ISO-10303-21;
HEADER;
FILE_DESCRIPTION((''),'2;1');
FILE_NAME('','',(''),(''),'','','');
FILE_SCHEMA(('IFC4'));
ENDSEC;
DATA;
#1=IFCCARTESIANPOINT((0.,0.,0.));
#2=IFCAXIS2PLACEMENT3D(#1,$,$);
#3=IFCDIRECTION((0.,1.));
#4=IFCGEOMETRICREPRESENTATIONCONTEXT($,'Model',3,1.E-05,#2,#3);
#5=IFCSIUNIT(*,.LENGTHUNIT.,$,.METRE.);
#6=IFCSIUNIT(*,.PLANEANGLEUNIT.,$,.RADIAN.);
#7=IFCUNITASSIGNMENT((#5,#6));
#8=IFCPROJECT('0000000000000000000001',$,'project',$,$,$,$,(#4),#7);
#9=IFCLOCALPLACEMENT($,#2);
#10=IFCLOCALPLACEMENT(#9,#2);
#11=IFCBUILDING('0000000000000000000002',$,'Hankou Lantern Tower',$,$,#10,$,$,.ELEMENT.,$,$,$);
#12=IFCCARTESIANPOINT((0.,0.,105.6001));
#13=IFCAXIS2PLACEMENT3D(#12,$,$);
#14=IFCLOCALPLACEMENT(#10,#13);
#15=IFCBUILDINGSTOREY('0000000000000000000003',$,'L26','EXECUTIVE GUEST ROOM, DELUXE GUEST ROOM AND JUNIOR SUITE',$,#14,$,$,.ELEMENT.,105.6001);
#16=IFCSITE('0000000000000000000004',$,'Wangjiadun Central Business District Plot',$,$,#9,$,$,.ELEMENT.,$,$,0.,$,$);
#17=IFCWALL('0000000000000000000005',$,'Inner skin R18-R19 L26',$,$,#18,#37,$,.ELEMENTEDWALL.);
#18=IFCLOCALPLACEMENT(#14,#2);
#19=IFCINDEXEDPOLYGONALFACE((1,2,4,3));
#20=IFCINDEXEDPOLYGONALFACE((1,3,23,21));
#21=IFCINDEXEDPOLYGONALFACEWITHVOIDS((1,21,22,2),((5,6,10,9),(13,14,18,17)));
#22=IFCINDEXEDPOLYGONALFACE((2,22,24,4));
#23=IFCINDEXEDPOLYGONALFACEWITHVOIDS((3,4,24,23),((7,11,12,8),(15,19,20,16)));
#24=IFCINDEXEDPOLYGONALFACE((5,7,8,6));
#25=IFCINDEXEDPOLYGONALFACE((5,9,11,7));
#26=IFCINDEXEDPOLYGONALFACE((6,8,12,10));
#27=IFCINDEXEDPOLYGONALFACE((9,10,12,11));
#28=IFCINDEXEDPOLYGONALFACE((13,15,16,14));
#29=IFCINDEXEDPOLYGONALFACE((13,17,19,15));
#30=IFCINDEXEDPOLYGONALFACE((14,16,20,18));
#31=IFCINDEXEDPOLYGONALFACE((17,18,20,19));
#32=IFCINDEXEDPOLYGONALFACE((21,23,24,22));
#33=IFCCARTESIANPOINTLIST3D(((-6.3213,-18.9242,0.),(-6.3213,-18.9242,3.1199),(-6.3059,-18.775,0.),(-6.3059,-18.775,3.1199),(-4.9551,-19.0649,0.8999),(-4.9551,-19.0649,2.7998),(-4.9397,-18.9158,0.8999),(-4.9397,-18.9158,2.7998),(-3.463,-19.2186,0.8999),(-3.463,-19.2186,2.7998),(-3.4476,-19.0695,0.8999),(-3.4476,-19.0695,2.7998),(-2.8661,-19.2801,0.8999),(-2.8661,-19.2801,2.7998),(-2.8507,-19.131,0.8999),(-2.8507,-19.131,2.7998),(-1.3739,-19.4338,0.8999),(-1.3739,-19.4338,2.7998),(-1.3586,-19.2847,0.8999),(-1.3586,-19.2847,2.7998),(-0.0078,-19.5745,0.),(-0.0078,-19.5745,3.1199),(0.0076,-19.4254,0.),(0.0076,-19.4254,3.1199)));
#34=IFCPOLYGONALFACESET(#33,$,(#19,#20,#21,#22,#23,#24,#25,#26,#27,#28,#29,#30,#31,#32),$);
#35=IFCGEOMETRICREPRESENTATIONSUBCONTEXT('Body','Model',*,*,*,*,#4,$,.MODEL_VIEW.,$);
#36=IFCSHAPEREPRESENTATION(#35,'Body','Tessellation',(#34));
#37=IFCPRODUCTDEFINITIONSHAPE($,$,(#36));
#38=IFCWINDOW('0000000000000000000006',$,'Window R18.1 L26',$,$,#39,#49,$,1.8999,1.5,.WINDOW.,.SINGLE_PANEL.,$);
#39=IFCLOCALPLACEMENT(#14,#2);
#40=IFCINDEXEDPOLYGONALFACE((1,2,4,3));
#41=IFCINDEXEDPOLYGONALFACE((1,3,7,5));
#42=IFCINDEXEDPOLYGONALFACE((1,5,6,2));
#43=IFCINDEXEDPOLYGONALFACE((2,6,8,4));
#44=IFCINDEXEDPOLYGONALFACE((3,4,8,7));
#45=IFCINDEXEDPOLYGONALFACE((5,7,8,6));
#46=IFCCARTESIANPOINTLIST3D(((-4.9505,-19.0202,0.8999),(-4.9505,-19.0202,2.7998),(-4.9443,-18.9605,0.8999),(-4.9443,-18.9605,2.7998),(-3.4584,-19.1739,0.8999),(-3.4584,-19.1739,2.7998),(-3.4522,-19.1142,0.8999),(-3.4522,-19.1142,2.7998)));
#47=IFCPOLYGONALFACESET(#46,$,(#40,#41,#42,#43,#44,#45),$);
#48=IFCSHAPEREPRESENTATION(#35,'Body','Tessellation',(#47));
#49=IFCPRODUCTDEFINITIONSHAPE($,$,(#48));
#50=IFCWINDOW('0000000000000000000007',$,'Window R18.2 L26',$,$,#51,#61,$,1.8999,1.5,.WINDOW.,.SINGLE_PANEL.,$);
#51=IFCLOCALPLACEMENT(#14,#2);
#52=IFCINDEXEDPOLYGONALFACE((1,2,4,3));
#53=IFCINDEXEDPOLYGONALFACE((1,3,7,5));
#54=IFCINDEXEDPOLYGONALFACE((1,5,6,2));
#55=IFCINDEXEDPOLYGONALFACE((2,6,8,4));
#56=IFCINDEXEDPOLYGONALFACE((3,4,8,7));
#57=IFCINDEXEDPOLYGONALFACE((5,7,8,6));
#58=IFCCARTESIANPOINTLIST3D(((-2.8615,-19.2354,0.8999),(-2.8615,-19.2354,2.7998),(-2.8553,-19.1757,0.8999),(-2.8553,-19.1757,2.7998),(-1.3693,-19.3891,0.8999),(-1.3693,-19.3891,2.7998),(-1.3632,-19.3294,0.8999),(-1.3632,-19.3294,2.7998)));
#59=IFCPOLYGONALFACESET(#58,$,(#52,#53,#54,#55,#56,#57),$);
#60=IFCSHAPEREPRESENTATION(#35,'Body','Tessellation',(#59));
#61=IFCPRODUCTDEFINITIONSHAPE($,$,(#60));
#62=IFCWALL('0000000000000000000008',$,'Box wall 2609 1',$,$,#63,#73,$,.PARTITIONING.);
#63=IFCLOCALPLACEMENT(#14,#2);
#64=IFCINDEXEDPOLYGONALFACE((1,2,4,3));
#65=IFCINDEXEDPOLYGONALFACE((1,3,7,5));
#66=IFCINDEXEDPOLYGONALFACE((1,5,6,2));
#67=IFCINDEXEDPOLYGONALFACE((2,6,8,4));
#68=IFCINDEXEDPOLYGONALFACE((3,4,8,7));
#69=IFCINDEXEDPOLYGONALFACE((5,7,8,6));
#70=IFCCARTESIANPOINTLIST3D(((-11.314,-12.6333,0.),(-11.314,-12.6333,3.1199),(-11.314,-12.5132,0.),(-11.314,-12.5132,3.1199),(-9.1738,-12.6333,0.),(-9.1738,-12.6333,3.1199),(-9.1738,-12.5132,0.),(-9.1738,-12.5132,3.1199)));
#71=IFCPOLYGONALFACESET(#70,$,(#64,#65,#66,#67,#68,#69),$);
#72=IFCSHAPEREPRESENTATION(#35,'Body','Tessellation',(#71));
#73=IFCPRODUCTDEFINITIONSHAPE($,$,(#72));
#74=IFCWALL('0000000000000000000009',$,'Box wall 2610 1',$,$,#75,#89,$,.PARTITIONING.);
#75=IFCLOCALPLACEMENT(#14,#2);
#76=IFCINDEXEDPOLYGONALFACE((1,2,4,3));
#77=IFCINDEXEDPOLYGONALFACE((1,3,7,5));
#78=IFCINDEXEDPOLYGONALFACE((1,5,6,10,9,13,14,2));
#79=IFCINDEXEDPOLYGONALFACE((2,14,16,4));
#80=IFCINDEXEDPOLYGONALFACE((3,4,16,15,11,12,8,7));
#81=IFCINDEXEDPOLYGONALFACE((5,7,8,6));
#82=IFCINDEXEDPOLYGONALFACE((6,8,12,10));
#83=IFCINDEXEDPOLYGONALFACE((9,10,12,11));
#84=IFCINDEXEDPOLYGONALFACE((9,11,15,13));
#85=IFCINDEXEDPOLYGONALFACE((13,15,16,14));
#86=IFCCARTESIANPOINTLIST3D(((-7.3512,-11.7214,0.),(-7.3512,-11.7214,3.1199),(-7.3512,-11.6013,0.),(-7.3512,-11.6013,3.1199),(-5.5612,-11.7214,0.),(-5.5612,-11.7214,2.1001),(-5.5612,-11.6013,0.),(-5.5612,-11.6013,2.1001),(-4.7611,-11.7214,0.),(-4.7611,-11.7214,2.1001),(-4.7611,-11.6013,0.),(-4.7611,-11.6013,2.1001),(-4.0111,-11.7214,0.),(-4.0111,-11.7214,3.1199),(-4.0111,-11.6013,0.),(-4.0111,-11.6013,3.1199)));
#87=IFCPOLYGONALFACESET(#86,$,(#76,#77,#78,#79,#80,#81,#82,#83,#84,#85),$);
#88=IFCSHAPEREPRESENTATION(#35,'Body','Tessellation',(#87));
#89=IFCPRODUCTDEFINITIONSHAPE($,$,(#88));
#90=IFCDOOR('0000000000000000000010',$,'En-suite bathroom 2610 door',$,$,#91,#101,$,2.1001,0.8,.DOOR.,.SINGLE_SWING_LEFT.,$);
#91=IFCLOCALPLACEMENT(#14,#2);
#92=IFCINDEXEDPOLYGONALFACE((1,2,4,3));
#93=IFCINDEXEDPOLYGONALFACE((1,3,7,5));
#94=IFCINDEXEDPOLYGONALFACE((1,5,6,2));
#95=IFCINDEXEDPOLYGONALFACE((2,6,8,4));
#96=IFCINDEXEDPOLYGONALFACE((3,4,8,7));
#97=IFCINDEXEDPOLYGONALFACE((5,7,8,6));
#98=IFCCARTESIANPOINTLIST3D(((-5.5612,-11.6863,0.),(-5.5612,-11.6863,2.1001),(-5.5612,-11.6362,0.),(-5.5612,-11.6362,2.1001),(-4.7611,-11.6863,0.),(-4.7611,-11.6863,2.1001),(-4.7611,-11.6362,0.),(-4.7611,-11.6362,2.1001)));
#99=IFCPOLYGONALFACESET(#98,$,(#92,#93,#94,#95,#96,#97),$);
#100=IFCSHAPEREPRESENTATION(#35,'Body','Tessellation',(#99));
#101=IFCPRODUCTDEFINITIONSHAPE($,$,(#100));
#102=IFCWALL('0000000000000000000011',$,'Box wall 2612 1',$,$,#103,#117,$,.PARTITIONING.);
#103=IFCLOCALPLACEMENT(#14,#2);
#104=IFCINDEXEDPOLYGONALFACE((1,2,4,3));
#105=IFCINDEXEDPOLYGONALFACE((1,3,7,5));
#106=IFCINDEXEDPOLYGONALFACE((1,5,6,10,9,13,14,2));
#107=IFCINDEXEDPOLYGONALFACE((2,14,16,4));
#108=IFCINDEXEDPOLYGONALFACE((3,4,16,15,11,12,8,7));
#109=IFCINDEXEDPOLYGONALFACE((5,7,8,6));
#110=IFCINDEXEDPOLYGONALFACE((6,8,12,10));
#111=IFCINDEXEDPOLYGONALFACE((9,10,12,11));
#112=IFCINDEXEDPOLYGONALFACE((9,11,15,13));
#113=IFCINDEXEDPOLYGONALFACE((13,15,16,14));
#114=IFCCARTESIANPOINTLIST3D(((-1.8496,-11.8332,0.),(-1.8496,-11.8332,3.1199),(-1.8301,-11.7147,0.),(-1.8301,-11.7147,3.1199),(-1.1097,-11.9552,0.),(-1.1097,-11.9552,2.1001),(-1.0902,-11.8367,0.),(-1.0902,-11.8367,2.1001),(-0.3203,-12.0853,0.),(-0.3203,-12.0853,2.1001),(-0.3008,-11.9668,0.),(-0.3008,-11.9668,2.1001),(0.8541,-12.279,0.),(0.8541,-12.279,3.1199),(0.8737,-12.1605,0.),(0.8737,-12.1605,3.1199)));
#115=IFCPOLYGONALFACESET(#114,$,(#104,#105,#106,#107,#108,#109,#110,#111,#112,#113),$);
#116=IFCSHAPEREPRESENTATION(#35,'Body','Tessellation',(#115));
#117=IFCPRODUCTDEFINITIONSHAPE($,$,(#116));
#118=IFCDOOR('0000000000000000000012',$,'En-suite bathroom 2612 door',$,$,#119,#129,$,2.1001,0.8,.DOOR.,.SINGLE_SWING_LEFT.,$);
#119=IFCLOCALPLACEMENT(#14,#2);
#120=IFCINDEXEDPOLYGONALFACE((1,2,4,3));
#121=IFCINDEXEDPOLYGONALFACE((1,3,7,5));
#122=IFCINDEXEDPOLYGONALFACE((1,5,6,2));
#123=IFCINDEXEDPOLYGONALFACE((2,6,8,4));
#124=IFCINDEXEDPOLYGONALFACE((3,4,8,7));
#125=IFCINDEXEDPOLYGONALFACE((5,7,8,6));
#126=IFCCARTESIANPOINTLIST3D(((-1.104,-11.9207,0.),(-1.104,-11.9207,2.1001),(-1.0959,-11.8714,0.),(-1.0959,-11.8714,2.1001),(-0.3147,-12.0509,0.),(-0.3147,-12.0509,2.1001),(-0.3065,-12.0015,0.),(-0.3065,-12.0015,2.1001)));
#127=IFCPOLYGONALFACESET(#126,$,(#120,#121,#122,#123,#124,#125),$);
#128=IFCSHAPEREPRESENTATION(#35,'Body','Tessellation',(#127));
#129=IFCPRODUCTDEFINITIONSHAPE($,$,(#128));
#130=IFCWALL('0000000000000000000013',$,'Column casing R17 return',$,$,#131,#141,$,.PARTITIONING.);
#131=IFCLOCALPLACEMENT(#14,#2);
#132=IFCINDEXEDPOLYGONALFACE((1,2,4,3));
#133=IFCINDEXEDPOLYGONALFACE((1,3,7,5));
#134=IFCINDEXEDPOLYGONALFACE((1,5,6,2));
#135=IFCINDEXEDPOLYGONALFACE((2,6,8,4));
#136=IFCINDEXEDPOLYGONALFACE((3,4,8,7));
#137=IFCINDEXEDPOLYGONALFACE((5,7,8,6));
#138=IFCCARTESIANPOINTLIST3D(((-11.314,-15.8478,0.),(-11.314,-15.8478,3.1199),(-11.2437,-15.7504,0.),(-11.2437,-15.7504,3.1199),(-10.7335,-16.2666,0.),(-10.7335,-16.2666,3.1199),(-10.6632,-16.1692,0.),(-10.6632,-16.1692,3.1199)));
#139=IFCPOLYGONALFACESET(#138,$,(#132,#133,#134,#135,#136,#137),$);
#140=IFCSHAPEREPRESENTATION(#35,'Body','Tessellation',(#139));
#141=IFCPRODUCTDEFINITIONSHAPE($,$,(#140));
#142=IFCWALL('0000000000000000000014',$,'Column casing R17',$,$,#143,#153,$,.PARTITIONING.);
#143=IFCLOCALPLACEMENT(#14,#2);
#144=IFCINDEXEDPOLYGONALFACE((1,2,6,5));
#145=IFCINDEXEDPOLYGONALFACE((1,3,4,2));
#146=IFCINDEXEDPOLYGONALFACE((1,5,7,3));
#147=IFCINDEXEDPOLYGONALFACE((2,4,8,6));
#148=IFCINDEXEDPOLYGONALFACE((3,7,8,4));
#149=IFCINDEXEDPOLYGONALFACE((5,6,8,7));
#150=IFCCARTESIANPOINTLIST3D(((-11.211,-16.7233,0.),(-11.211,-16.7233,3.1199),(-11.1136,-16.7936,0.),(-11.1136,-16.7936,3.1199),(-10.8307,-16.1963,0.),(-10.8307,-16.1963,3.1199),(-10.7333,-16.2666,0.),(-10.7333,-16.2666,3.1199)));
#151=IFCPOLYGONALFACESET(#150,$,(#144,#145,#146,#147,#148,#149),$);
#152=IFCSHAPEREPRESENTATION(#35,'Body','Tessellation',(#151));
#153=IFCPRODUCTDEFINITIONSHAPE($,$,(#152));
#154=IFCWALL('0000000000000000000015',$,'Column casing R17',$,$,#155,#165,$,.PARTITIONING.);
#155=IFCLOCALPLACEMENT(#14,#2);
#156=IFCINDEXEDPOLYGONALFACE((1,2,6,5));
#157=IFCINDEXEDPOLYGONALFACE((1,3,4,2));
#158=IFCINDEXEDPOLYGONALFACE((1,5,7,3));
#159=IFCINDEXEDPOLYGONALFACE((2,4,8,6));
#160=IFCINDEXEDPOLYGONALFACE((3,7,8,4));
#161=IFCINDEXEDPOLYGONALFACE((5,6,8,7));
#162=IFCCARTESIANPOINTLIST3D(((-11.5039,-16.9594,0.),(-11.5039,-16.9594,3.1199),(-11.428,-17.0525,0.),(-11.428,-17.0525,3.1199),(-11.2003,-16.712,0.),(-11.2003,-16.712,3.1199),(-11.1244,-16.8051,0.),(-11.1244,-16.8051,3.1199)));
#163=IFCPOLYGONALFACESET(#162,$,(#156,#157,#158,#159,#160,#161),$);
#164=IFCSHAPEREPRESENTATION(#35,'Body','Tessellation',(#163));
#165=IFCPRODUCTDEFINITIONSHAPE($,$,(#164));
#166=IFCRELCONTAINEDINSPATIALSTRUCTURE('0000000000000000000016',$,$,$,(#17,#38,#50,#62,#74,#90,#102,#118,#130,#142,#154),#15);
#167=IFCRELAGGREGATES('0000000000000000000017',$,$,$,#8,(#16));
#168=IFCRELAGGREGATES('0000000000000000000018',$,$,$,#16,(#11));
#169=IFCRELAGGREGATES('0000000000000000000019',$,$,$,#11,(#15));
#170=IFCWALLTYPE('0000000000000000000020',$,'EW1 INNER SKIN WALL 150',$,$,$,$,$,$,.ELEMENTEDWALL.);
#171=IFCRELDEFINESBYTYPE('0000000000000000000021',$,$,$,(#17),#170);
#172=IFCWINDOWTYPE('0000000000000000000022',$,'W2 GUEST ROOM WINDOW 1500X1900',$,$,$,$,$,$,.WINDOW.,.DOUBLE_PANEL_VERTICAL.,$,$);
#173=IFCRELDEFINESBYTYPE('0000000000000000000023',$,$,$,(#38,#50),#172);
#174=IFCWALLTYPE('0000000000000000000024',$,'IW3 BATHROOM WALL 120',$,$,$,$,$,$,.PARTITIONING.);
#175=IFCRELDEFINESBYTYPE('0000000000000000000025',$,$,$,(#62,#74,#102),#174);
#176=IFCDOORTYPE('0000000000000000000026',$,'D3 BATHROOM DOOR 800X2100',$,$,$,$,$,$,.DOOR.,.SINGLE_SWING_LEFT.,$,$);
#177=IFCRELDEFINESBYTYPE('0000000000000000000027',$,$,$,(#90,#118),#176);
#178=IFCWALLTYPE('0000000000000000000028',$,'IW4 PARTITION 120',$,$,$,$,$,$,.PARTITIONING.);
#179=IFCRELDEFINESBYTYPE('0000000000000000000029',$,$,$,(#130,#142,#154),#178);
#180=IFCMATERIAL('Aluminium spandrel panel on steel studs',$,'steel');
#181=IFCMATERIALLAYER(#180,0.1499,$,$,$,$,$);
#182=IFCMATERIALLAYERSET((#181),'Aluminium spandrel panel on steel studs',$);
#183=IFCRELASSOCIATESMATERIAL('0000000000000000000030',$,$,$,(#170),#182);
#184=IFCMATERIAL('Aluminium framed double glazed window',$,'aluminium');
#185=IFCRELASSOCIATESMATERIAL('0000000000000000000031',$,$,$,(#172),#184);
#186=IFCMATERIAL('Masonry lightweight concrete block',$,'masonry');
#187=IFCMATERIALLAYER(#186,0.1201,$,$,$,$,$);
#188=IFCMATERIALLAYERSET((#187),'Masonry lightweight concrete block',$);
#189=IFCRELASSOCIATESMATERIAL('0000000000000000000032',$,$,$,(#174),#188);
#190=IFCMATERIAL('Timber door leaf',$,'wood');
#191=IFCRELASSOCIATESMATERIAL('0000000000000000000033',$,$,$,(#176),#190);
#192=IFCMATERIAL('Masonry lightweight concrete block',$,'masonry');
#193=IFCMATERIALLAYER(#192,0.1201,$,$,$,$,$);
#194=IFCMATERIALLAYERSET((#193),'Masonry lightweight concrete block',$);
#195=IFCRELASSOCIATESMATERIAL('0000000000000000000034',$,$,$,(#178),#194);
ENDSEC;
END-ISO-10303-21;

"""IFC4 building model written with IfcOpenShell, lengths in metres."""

from ifc_helpers import new_model, si_unit, direction, frame, frame_2d, origin, place, context, subcontext, project, spatial, rectangle, extrude, material, layer, layer_set, type_object, element, fill, save


model = new_model("IFC4")

# Units and contexts
model_context = context("Model", 3, precision=1e-05, world=origin(), true_north=direction((0.0, 1.0)))
body_context = subcontext(model_context, "Body", "Model", "MODEL_VIEW")
ifc_project = project(units=[si_unit("LENGTHUNIT", "METRE"), si_unit("PLANEANGLEUNIT", "RADIAN")], contexts=[model_context])

# Site, building, storey
site_placement = place(None, origin())
site = spatial("IfcSite", under=ifc_project, at=site_placement, Name="Wangjiadun Central Business District Plot", CompositionType="ELEMENT", RefElevation=0.0)
building_placement = place(site_placement, origin())
building = spatial("IfcBuilding", under=site, at=building_placement, Name="Hankou Lantern Tower", CompositionType="ELEMENT")
storey_placement = place(building_placement, frame((0.0, 0.0, 105.6001)))
storey = spatial("IfcBuildingStorey", under=building, at=storey_placement, Name="L26", Description="EXECUTIVE GUEST ROOM, DELUXE GUEST ROOM AND JUNIOR SUITE", CompositionType="ELEMENT", Elevation=105.6001)

# Wall, openings, windows
ifc_material_1 = material(Name="Aluminium spandrel panel on steel studs", Category="steel")
ifc_layer_1 = layer(ifc_material_1, 0.1499)
ifc_layer_set_1 = layer_set([ifc_layer_1], Name="Aluminium spandrel panel on steel studs")
wall_type_1 = type_object("IfcWallType", Name="EW1 INNER SKIN WALL 150", PredefinedType="ELEMENTEDWALL", material=ifc_layer_set_1)
wall_1_placement = place(storey_placement, frame((-6.3135, -18.8496, 0.0), z_axis=(0.0, 0.0, 1.0), x_axis=(0.994736, -0.102474, 0.0)))
wall_1 = element("IfcWall", 1, at=wall_1_placement, inside=storey, type_object=wall_type_1, Name="Inner skin R18-R19 L26", PredefinedType="ELEMENTEDWALL", context=body_context, shape_type="SweptSolid", body=[
    extrude(rectangle(XDim=6.3469, YDim=0.1499, at=frame_2d((3.1733, 0.0))), origin(), (0.0, 0.0, 1.0), 3.1199),
])
opening_1_placement = place(wall_1_placement, frame((1.3733, 0.0, 0.8999)))
opening_1 = element("IfcOpeningElement", 2, at=opening_1_placement, cuts=wall_1, PredefinedType="OPENING", context=body_context, shape_type="SweptSolid", body=[
    extrude(rectangle(XDim=1.5, YDim=1.8999, at=frame_2d((0.75, 0.95))), frame((0.0, 0.085, 0.0), z_axis=(0.0, -1.0, 0.0), x_axis=(1.0, 0.0, 0.0)), (0.0, 0.0, 1.0), 0.1699),
])
opening_2_placement = place(wall_1_placement, frame((3.4734, 0.0, 0.8999)))
opening_2 = element("IfcOpeningElement", 3, at=opening_2_placement, cuts=wall_1, PredefinedType="OPENING", context=body_context, shape_type="SweptSolid", body=[
    extrude(rectangle(XDim=1.5, YDim=1.8999, at=frame_2d((0.75, 0.95))), frame((0.0, 0.085, 0.0), z_axis=(0.0, -1.0, 0.0), x_axis=(1.0, 0.0, 0.0)), (0.0, 0.0, 1.0), 0.1699),
])
ifc_material_2 = material(Name="Aluminium framed double glazed window", Category="aluminium")
window_type = type_object("IfcWindowType", Name="W2 GUEST ROOM WINDOW 1500X1900", PartitioningType="DOUBLE_PANEL_VERTICAL", PredefinedType="WINDOW", material=ifc_material_2)
window_1_placement = place(opening_1_placement, origin())
window_1 = element("IfcWindow", 4, at=window_1_placement, inside=storey, type_object=window_type, Name="Window R18.1 L26", OverallHeight=1.8999, OverallWidth=1.5, PartitioningType="SINGLE_PANEL", PredefinedType="WINDOW", context=body_context, shape_type="SweptSolid", body=[
    extrude(rectangle(XDim=1.5, YDim=1.8999, at=frame_2d((0.75, 0.95))), frame((0.0, 0.03, 0.0), z_axis=(0.0, -1.0, 0.0), x_axis=(1.0, 0.0, 0.0)), (0.0, 0.0, 1.0), 0.0601),
])
fill(opening_1, window_1)
window_2_placement = place(opening_2_placement, origin())
window_2 = element("IfcWindow", 5, at=window_2_placement, inside=storey, type_object=window_type, Name="Window R18.2 L26", OverallHeight=1.8999, OverallWidth=1.5, PartitioningType="SINGLE_PANEL", PredefinedType="WINDOW", context=body_context, shape_type="SweptSolid", body=[
    extrude(rectangle(XDim=1.5, YDim=1.8999, at=frame_2d((0.75, 0.95))), frame((0.0, 0.03, 0.0), z_axis=(0.0, -1.0, 0.0), x_axis=(1.0, 0.0, 0.0)), (0.0, 0.0, 1.0), 0.0601),
])
fill(opening_2, window_2)

# Wall
ifc_material_3 = material(Name="Masonry lightweight concrete block", Category="masonry")
ifc_layer_2 = layer(ifc_material_3, 0.1201)
ifc_layer_set_2 = layer_set([ifc_layer_2], Name="Masonry lightweight concrete block")
wall_type_2 = type_object("IfcWallType", Name="IW3 BATHROOM WALL 120", PredefinedType="PARTITIONING", material=ifc_layer_set_2)
wall_2_placement = place(storey_placement, frame((-9.1738, -12.5732, 0.0), z_axis=(0.0, 0.0, 1.0), x_axis=(-1.0, 0.0, 0.0)))
element("IfcWall", 6, at=wall_2_placement, inside=storey, type_object=wall_type_2, Name="Box wall 2609 1", PredefinedType="PARTITIONING", context=body_context, shape_type="SweptSolid", body=[
    extrude(rectangle(XDim=2.1401, YDim=0.1201, at=frame_2d((1.0701, 0.0))), origin(), (0.0, 0.0, 1.0), 3.1199),
])

# Walls, openings, doors
wall_3_placement = place(storey_placement, frame((-4.0112, -11.6614, 0.0), z_axis=(0.0, 0.0, 1.0), x_axis=(-1.0, 0.0, 0.0)))
wall_3 = element("IfcWall", 7, at=wall_3_placement, inside=storey, type_object=wall_type_2, Name="Box wall 2610 1", PredefinedType="PARTITIONING", context=body_context, shape_type="SweptSolid", body=[
    extrude(rectangle(XDim=3.3401, YDim=0.1201, at=frame_2d((1.6699, 0.0))), origin(), (0.0, 0.0, 1.0), 3.1199),
])
opening_3_placement = place(wall_3_placement, frame((0.75, 0.0, 0.0)))
opening_3 = element("IfcOpeningElement", 8, at=opening_3_placement, cuts=wall_3, PredefinedType="OPENING", context=body_context, shape_type="SweptSolid", body=[
    extrude(rectangle(XDim=0.8, YDim=2.1001, at=frame_2d((0.3999, 1.05))), frame((0.0, 0.0701, 0.0), z_axis=(0.0, -1.0, 0.0), x_axis=(1.0, 0.0, 0.0)), (0.0, 0.0, 1.0), 0.1401),
])
ifc_material_4 = material(Name="Timber door leaf", Category="wood")
door_type = type_object("IfcDoorType", Name="D3 BATHROOM DOOR 800X2100", OperationType="SINGLE_SWING_LEFT", PredefinedType="DOOR", material=ifc_material_4)
door_1_placement = place(opening_3_placement, origin())
door_1 = element("IfcDoor", 9, at=door_1_placement, inside=storey, type_object=door_type, Name="En-suite bathroom 2610 door", OperationType="SINGLE_SWING_LEFT", OverallHeight=2.1001, OverallWidth=0.8, PredefinedType="DOOR", context=body_context, shape_type="SweptSolid", body=[
    extrude(rectangle(XDim=0.8, YDim=2.1001, at=frame_2d((0.3999, 1.05))), frame((0.0, 0.0249, 0.0), z_axis=(0.0, -1.0, 0.0), x_axis=(1.0, 0.0, 0.0)), (0.0, 0.0, 1.0), 0.05),
])
fill(opening_3, door_1)
wall_4_placement = place(storey_placement, frame((-1.8398, -11.7739, 0.0), z_axis=(0.0, 0.0, 1.0), x_axis=(0.986677, -0.162694, 0.0)))
wall_4 = element("IfcWall", 10, at=wall_4_placement, inside=storey, type_object=wall_type_2, Name="Box wall 2612 1", PredefinedType="PARTITIONING", context=body_context, shape_type="SweptSolid", body=[
    extrude(rectangle(XDim=2.7402, YDim=0.1201, at=frame_2d((1.3701, 0.0))), origin(), (0.0, 0.0, 1.0), 3.1199),
])
opening_4_placement = place(wall_4_placement, frame((0.75, 0.0, 0.0)))
opening_4 = element("IfcOpeningElement", 11, at=opening_4_placement, cuts=wall_4, PredefinedType="OPENING", context=body_context, shape_type="SweptSolid", body=[
    extrude(rectangle(XDim=0.8, YDim=2.1001, at=frame_2d((0.3999, 1.05))), frame((0.0, 0.0701, 0.0), z_axis=(0.0, -1.0, 0.0), x_axis=(1.0, 0.0, 0.0)), (0.0, 0.0, 1.0), 0.1401),
])
door_2_placement = place(opening_4_placement, origin())
door_2 = element("IfcDoor", 12, at=door_2_placement, inside=storey, type_object=door_type, Name="En-suite bathroom 2612 door", OperationType="SINGLE_SWING_LEFT", OverallHeight=2.1001, OverallWidth=0.8, PredefinedType="DOOR", context=body_context, shape_type="SweptSolid", body=[
    extrude(rectangle(XDim=0.8, YDim=2.1001, at=frame_2d((0.3999, 1.05))), frame((0.0, 0.0249, 0.0), z_axis=(0.0, -1.0, 0.0), x_axis=(1.0, 0.0, 0.0)), (0.0, 0.0, 1.0), 0.05),
])
fill(opening_4, door_2)

# Walls
ifc_material_5 = material(Name="Masonry lightweight concrete block", Category="masonry")
ifc_layer_3 = layer(ifc_material_5, 0.1201)
ifc_layer_set_3 = layer_set([ifc_layer_3], Name="Masonry lightweight concrete block")
wall_type_3 = type_object("IfcWallType", Name="IW4 PARTITION 120", PredefinedType="PARTITIONING", material=ifc_layer_set_3)
wall_5_placement = place(storey_placement, frame((-11.2788, -15.7991, 0.0), z_axis=(0.0, 0.0, 1.0), x_axis=(0.810913, -0.585167, 0.0)))
element("IfcWall", 13, at=wall_5_placement, inside=storey, type_object=wall_type_3, Name="Column casing R17 return", PredefinedType="PARTITIONING", context=body_context, shape_type="SweptSolid", body=[
    extrude(rectangle(XDim=0.7158, YDim=0.1201, at=frame_2d((0.3579, 0.0))), origin(), (0.0, 0.0, 1.0), 3.1199),
])
wall_6_placement = place(storey_placement, frame((-10.782, -16.2314, 0.0), z_axis=(0.0, 0.0, 1.0), x_axis=(-0.585175, -0.810907, 0.0)))
element("IfcWall", 14, at=wall_6_placement, inside=storey, type_object=wall_type_3, Name="Column casing R17", PredefinedType="PARTITIONING", context=body_context, shape_type="SweptSolid", body=[
    extrude(rectangle(XDim=0.6499, YDim=0.1201, at=frame_2d((0.325, 0.0))), origin(), (0.0, 0.0, 1.0), 3.1199),
])
wall_7_placement = place(storey_placement, frame((-11.1624, -16.7585, 0.0), z_axis=(0.0, 0.0, 1.0), x_axis=(-0.775178, -0.631742, 0.0)))
element("IfcWall", 15, at=wall_7_placement, inside=storey, type_object=wall_type_3, Name="Column casing R17", PredefinedType="PARTITIONING", context=body_context, shape_type="SweptSolid", body=[
    extrude(rectangle(XDim=0.3916, YDim=0.1201, at=frame_2d((0.1958, 0.0))), origin(), (0.0, 0.0, 1.0), 3.1199),
])

save(model, "model.ifc")
